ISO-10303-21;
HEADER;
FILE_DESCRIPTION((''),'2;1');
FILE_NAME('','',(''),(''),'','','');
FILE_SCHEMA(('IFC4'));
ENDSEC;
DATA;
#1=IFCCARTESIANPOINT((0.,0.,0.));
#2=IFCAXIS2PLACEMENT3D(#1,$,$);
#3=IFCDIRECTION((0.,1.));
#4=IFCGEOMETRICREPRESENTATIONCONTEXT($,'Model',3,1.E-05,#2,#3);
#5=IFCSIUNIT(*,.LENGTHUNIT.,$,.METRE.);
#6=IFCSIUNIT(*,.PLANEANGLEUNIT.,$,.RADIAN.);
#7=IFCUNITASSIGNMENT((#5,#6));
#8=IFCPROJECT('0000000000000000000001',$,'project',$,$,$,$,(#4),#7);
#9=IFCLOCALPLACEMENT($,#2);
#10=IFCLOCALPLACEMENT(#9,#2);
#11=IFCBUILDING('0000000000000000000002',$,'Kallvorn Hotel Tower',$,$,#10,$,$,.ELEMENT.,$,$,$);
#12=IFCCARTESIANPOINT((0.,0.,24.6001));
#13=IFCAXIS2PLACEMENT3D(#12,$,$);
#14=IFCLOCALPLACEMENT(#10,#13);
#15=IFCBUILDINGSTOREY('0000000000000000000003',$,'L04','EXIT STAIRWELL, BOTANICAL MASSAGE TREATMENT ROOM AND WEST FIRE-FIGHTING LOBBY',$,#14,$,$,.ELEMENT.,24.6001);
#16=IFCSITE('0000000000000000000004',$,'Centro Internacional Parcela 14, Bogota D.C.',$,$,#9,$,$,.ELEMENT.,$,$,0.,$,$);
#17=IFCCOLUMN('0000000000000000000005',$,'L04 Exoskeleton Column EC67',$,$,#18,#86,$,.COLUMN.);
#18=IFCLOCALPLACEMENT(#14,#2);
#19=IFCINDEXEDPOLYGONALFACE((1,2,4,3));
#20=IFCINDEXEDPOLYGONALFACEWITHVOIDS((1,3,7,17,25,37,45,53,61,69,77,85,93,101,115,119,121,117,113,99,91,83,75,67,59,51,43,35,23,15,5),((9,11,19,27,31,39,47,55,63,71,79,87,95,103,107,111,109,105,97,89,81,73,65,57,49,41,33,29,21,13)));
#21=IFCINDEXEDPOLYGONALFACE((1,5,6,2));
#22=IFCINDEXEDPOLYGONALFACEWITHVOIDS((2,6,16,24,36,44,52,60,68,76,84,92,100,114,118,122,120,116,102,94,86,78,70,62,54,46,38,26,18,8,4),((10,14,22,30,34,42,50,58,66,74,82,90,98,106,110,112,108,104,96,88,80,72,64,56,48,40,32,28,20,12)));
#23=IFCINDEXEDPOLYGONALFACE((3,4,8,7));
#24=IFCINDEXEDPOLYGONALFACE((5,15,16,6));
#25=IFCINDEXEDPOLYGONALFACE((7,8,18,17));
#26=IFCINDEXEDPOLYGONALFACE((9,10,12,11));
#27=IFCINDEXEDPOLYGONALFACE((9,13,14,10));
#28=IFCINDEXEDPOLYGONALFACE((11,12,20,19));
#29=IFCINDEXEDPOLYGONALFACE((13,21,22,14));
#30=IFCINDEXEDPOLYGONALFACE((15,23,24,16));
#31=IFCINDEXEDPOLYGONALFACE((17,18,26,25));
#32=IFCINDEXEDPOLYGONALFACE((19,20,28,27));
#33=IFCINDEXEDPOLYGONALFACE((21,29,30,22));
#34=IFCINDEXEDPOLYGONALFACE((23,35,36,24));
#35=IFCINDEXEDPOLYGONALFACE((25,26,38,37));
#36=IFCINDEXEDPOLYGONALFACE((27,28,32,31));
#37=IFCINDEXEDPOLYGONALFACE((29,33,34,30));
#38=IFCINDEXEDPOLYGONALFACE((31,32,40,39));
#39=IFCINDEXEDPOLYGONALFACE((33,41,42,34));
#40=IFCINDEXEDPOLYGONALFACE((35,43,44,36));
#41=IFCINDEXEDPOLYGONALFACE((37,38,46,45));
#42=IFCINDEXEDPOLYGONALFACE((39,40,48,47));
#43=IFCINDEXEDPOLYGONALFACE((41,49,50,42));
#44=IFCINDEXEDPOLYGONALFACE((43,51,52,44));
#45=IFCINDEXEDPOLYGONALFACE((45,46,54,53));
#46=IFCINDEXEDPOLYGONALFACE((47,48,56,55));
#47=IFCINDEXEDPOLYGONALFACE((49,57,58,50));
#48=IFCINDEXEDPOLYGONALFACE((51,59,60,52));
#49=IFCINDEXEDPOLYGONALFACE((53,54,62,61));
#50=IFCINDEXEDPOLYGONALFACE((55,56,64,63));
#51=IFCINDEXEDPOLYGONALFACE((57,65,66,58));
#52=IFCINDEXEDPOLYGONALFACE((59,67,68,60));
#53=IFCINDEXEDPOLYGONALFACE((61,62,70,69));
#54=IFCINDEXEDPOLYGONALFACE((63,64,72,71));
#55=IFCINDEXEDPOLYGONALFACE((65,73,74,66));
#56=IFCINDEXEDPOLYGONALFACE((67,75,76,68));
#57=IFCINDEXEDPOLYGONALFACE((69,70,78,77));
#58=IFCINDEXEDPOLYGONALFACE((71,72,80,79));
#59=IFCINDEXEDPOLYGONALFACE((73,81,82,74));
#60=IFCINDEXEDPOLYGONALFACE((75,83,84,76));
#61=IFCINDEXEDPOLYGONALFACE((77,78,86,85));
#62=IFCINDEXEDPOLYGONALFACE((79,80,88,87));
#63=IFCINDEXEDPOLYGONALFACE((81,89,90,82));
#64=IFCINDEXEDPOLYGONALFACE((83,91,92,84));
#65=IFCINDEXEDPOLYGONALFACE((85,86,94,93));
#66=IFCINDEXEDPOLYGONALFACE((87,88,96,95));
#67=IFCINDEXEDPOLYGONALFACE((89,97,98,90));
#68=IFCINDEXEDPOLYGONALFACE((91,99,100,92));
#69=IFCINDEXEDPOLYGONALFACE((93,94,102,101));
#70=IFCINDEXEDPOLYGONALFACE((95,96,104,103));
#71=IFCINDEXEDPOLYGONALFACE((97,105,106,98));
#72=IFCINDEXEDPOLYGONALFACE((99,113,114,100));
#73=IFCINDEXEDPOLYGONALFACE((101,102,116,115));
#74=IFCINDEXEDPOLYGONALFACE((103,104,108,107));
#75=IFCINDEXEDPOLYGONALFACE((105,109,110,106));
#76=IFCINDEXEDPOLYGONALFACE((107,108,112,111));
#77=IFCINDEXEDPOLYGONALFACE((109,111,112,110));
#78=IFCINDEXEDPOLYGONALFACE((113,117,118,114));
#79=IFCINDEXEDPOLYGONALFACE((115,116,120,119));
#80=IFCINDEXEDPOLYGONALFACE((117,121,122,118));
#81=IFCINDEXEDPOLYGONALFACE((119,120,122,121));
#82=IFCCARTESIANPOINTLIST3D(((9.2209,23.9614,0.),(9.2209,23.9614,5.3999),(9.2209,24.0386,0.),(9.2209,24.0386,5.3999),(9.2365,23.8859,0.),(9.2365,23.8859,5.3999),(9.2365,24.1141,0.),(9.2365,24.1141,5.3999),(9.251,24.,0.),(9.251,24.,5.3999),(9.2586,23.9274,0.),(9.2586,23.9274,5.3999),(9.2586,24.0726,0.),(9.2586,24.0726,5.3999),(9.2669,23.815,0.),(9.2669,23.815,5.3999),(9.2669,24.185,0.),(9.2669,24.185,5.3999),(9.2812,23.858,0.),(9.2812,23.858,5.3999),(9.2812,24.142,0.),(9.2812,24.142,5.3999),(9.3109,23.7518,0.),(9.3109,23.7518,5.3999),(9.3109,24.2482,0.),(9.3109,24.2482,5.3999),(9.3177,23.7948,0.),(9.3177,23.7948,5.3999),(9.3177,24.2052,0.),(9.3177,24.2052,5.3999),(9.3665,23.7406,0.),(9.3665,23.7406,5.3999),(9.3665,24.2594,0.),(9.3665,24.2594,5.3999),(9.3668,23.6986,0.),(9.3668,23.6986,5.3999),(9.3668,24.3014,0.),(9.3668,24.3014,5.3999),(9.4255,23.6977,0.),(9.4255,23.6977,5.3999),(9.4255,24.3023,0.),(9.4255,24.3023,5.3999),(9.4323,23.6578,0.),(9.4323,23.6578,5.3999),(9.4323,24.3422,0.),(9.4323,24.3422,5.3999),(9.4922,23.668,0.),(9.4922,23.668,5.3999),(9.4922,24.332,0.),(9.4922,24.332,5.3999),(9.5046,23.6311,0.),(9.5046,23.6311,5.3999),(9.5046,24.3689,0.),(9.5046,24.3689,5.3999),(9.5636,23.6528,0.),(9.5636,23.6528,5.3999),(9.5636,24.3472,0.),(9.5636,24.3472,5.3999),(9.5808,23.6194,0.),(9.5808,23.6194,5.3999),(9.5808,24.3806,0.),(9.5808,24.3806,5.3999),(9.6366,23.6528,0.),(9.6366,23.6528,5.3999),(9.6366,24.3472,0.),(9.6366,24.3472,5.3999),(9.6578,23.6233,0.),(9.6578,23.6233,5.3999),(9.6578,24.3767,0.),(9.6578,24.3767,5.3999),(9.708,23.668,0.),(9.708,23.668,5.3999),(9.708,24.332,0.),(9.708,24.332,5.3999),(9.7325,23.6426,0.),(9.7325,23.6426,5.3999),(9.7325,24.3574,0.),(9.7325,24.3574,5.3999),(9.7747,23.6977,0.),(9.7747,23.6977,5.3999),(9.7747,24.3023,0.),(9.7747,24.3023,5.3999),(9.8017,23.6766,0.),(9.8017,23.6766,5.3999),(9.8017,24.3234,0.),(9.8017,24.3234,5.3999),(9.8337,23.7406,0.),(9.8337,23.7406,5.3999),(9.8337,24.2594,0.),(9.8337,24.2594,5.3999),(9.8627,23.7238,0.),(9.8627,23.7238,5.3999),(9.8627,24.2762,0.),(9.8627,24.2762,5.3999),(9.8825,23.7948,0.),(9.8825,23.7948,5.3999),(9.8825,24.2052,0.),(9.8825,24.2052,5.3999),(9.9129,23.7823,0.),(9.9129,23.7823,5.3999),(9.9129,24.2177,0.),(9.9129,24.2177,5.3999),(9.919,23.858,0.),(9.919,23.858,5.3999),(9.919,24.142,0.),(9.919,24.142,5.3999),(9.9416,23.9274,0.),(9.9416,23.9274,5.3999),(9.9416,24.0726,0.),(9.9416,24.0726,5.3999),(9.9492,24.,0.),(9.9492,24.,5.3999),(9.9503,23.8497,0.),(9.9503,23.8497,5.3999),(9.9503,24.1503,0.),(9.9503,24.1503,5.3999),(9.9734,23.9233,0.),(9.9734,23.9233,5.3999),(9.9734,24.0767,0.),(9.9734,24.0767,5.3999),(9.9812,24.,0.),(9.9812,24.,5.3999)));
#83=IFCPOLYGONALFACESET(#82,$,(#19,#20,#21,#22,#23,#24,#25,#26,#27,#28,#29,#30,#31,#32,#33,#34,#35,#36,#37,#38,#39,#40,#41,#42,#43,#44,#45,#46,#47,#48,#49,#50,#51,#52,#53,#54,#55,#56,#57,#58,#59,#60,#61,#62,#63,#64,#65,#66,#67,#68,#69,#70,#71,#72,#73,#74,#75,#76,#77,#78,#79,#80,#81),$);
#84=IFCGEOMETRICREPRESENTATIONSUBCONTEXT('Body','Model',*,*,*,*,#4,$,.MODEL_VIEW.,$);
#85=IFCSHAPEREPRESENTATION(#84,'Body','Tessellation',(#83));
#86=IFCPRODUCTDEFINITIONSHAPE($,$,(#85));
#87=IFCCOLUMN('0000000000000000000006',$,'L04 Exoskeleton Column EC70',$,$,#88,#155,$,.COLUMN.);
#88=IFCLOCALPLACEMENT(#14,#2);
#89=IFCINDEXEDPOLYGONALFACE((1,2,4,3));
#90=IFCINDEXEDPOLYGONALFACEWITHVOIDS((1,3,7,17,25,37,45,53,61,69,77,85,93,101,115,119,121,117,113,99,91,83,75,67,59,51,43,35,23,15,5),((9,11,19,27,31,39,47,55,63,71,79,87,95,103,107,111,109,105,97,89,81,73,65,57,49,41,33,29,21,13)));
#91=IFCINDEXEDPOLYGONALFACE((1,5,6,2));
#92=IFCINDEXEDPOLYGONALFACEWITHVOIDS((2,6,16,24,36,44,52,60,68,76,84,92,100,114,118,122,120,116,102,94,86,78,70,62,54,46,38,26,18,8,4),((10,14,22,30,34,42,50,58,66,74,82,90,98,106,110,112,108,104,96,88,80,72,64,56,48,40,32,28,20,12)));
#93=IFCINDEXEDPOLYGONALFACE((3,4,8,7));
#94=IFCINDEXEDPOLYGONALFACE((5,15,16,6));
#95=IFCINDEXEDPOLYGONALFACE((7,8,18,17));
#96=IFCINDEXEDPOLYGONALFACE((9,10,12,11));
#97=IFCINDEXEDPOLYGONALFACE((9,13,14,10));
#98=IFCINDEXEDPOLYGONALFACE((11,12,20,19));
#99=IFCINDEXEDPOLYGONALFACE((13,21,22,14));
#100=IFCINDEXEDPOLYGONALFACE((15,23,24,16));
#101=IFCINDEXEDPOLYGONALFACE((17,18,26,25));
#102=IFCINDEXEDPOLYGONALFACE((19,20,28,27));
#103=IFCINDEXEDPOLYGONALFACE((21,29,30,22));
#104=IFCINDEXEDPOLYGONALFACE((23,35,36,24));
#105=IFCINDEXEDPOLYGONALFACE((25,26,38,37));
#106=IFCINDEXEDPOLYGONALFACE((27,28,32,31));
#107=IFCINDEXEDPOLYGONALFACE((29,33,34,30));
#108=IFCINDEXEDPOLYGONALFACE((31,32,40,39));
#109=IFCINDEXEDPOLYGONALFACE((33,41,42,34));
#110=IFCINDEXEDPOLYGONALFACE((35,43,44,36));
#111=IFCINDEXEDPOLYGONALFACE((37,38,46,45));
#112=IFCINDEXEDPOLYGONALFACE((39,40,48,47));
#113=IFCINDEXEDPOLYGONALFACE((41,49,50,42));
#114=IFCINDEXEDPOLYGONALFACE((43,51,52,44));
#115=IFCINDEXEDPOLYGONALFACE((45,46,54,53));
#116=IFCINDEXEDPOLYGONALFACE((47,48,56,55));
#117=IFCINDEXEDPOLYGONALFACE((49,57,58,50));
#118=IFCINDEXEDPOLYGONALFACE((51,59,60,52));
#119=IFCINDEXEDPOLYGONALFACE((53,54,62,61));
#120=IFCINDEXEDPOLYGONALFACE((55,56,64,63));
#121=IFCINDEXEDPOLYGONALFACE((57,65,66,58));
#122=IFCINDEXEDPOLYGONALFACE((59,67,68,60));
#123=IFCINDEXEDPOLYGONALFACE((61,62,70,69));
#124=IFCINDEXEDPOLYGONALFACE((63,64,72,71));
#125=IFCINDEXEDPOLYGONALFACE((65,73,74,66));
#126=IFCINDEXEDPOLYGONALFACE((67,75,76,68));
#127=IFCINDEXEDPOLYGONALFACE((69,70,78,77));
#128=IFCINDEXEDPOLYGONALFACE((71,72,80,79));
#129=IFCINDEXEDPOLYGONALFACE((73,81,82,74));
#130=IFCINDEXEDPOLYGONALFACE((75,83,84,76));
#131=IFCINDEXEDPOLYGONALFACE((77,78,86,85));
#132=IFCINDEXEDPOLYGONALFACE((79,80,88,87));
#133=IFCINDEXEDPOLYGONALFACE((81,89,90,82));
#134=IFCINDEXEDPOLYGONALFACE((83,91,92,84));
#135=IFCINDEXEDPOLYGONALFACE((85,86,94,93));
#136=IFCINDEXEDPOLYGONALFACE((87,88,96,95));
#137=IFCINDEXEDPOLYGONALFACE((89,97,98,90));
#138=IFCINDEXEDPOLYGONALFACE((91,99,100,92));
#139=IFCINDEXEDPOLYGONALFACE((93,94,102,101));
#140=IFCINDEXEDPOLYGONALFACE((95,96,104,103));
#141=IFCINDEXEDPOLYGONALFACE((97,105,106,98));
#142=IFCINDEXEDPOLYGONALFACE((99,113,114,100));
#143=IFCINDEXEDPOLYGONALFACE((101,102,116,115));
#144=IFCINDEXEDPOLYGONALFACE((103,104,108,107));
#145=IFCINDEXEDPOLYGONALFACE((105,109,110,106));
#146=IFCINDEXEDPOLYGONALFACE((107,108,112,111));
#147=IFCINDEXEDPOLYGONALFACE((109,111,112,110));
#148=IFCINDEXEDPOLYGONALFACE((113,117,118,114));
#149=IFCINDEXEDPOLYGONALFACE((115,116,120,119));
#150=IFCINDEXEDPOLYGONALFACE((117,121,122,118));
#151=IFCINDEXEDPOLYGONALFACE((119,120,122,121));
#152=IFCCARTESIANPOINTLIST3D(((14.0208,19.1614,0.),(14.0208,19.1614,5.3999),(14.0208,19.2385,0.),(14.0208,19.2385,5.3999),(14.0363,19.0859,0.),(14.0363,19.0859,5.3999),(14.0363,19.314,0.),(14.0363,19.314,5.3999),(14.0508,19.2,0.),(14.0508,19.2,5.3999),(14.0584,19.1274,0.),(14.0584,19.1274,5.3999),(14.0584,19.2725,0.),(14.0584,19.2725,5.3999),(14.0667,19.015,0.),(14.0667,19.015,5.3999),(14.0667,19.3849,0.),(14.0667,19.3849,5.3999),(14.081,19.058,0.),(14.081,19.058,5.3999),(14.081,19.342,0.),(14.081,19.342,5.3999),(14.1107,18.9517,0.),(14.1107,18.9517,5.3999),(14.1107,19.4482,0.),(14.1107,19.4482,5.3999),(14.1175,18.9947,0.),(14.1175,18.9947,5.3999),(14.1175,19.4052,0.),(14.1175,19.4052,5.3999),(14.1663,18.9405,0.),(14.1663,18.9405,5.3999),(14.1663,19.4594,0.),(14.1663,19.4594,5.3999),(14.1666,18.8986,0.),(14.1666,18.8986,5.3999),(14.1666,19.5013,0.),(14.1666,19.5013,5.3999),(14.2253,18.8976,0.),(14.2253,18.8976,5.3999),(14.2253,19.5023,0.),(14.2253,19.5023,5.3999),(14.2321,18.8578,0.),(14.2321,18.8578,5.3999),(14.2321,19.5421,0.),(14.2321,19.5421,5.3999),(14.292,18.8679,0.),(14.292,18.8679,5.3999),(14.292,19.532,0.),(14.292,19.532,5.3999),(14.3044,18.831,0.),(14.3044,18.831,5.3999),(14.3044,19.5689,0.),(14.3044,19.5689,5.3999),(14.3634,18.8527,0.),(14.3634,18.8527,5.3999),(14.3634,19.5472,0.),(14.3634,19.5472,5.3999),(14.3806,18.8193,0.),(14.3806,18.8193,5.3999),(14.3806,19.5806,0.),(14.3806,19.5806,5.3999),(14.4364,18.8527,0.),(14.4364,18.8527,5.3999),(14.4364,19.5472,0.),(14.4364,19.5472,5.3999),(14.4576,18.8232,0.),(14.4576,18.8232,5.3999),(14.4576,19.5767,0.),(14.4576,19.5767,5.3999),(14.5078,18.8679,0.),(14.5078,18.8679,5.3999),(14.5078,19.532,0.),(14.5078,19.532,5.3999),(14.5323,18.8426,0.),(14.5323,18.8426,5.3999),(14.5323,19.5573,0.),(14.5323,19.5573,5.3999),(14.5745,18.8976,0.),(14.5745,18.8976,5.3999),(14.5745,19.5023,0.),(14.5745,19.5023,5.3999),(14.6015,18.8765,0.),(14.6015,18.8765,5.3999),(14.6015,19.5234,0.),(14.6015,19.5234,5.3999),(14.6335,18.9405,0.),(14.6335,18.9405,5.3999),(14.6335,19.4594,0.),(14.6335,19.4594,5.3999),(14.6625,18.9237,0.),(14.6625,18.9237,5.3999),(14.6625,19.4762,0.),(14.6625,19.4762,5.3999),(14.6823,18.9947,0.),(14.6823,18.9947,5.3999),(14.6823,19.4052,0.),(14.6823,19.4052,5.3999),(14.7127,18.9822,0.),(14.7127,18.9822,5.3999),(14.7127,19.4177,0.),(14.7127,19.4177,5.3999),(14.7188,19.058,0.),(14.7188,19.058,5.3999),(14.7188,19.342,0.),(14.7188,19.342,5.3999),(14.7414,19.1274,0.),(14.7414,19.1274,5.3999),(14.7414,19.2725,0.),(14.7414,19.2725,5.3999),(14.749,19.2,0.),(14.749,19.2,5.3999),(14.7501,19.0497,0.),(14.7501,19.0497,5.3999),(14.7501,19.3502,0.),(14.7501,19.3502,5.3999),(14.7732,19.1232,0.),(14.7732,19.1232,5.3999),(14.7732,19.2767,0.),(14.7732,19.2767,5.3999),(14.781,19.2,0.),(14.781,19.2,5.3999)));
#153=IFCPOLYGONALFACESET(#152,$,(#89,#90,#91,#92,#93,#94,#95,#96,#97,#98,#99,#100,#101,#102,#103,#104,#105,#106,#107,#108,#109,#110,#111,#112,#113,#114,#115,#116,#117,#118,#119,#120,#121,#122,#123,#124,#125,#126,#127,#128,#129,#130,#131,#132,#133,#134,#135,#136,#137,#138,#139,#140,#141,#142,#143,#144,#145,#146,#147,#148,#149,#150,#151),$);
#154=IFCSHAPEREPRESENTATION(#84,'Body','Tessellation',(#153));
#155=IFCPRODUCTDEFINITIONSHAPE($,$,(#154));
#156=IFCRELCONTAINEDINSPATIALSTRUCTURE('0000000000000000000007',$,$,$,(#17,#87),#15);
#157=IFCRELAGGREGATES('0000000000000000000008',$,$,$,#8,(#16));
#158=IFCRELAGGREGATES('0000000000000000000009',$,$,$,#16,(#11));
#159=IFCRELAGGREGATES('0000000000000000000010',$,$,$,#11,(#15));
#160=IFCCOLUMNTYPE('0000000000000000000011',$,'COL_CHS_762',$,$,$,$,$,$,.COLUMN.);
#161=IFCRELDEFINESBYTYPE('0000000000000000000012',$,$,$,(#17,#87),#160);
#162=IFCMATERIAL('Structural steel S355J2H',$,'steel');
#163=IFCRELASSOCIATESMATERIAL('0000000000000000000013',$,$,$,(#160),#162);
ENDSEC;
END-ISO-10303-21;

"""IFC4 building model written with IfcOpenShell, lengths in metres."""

from ifc_helpers import new_model, si_unit, direction, frame, origin, origin_2d, place, context, subcontext, project, spatial, hollow_circle, extrude, material, material_profile, profile_set, type_object, element, save


model = new_model("IFC4")

# Units and contexts
model_context = context("Model", 3, precision=1e-05, world=origin(), true_north=direction((0.0, 1.0)))
body_context = subcontext(model_context, "Body", "Model", "MODEL_VIEW")
ifc_project = project(units=[si_unit("LENGTHUNIT", "METRE"), si_unit("PLANEANGLEUNIT", "RADIAN")], contexts=[model_context])

# Site, building, storey
site_placement = place(None, origin())
site = spatial("IfcSite", under=ifc_project, at=site_placement, Name="Centro Internacional Parcela 14, Bogota D.C.", CompositionType="ELEMENT", RefElevation=0.0)
building_placement = place(site_placement, origin())
building = spatial("IfcBuilding", under=site, at=building_placement, Name="Kallvorn Hotel Tower", CompositionType="ELEMENT")
storey_placement = place(building_placement, frame((0.0, 0.0, 24.6001)))
storey = spatial("IfcBuildingStorey", under=building, at=storey_placement, Name="L04", Description="EXIT STAIRWELL, BOTANICAL MASSAGE TREATMENT ROOM AND WEST FIRE-FIGHTING LOBBY", CompositionType="ELEMENT", Elevation=24.6001)

# Columns
ifc_material_1 = material(Name="Structural steel S355J2H", Category="steel")
ifc_material_profile_1 = material_profile(ifc_material_1, hollow_circle(Radius=0.3811, WallThickness=0.032, at=origin_2d()), Name="CHS 762x32")
ifc_profile_set_1 = profile_set([ifc_material_profile_1], Name="Structural steel S355J2H")
column_type_1 = type_object("IfcColumnType", Name="COL_CHS_762", PredefinedType="COLUMN", material=ifc_profile_set_1)
for number, where, z_axis, x_axis, name in (
    (1, (9.6001, 24.0, 0.0), (0.0, 0.0, 1.0), (1.0, 0.0, 0.0), "L04 Exoskeleton Column EC67"),
    (2, (14.3999, 19.2, 0.0), (0.0, 0.0, 1.0), (1.0, 0.0, 0.0), "L04 Exoskeleton Column EC70"),
):
    element("IfcColumn", number, at=place(storey_placement, frame(where, z_axis=z_axis, x_axis=x_axis)), inside=storey, type_object=column_type_1, Name=name, PredefinedType="COLUMN", context=body_context, shape_type="SweptSolid", body=[
        extrude(hollow_circle(Radius=0.3811, WallThickness=0.032, at=origin_2d()), origin(), (0.0, 0.0, 1.0), 5.3999),
    ])

save(model, "model.ifc")
